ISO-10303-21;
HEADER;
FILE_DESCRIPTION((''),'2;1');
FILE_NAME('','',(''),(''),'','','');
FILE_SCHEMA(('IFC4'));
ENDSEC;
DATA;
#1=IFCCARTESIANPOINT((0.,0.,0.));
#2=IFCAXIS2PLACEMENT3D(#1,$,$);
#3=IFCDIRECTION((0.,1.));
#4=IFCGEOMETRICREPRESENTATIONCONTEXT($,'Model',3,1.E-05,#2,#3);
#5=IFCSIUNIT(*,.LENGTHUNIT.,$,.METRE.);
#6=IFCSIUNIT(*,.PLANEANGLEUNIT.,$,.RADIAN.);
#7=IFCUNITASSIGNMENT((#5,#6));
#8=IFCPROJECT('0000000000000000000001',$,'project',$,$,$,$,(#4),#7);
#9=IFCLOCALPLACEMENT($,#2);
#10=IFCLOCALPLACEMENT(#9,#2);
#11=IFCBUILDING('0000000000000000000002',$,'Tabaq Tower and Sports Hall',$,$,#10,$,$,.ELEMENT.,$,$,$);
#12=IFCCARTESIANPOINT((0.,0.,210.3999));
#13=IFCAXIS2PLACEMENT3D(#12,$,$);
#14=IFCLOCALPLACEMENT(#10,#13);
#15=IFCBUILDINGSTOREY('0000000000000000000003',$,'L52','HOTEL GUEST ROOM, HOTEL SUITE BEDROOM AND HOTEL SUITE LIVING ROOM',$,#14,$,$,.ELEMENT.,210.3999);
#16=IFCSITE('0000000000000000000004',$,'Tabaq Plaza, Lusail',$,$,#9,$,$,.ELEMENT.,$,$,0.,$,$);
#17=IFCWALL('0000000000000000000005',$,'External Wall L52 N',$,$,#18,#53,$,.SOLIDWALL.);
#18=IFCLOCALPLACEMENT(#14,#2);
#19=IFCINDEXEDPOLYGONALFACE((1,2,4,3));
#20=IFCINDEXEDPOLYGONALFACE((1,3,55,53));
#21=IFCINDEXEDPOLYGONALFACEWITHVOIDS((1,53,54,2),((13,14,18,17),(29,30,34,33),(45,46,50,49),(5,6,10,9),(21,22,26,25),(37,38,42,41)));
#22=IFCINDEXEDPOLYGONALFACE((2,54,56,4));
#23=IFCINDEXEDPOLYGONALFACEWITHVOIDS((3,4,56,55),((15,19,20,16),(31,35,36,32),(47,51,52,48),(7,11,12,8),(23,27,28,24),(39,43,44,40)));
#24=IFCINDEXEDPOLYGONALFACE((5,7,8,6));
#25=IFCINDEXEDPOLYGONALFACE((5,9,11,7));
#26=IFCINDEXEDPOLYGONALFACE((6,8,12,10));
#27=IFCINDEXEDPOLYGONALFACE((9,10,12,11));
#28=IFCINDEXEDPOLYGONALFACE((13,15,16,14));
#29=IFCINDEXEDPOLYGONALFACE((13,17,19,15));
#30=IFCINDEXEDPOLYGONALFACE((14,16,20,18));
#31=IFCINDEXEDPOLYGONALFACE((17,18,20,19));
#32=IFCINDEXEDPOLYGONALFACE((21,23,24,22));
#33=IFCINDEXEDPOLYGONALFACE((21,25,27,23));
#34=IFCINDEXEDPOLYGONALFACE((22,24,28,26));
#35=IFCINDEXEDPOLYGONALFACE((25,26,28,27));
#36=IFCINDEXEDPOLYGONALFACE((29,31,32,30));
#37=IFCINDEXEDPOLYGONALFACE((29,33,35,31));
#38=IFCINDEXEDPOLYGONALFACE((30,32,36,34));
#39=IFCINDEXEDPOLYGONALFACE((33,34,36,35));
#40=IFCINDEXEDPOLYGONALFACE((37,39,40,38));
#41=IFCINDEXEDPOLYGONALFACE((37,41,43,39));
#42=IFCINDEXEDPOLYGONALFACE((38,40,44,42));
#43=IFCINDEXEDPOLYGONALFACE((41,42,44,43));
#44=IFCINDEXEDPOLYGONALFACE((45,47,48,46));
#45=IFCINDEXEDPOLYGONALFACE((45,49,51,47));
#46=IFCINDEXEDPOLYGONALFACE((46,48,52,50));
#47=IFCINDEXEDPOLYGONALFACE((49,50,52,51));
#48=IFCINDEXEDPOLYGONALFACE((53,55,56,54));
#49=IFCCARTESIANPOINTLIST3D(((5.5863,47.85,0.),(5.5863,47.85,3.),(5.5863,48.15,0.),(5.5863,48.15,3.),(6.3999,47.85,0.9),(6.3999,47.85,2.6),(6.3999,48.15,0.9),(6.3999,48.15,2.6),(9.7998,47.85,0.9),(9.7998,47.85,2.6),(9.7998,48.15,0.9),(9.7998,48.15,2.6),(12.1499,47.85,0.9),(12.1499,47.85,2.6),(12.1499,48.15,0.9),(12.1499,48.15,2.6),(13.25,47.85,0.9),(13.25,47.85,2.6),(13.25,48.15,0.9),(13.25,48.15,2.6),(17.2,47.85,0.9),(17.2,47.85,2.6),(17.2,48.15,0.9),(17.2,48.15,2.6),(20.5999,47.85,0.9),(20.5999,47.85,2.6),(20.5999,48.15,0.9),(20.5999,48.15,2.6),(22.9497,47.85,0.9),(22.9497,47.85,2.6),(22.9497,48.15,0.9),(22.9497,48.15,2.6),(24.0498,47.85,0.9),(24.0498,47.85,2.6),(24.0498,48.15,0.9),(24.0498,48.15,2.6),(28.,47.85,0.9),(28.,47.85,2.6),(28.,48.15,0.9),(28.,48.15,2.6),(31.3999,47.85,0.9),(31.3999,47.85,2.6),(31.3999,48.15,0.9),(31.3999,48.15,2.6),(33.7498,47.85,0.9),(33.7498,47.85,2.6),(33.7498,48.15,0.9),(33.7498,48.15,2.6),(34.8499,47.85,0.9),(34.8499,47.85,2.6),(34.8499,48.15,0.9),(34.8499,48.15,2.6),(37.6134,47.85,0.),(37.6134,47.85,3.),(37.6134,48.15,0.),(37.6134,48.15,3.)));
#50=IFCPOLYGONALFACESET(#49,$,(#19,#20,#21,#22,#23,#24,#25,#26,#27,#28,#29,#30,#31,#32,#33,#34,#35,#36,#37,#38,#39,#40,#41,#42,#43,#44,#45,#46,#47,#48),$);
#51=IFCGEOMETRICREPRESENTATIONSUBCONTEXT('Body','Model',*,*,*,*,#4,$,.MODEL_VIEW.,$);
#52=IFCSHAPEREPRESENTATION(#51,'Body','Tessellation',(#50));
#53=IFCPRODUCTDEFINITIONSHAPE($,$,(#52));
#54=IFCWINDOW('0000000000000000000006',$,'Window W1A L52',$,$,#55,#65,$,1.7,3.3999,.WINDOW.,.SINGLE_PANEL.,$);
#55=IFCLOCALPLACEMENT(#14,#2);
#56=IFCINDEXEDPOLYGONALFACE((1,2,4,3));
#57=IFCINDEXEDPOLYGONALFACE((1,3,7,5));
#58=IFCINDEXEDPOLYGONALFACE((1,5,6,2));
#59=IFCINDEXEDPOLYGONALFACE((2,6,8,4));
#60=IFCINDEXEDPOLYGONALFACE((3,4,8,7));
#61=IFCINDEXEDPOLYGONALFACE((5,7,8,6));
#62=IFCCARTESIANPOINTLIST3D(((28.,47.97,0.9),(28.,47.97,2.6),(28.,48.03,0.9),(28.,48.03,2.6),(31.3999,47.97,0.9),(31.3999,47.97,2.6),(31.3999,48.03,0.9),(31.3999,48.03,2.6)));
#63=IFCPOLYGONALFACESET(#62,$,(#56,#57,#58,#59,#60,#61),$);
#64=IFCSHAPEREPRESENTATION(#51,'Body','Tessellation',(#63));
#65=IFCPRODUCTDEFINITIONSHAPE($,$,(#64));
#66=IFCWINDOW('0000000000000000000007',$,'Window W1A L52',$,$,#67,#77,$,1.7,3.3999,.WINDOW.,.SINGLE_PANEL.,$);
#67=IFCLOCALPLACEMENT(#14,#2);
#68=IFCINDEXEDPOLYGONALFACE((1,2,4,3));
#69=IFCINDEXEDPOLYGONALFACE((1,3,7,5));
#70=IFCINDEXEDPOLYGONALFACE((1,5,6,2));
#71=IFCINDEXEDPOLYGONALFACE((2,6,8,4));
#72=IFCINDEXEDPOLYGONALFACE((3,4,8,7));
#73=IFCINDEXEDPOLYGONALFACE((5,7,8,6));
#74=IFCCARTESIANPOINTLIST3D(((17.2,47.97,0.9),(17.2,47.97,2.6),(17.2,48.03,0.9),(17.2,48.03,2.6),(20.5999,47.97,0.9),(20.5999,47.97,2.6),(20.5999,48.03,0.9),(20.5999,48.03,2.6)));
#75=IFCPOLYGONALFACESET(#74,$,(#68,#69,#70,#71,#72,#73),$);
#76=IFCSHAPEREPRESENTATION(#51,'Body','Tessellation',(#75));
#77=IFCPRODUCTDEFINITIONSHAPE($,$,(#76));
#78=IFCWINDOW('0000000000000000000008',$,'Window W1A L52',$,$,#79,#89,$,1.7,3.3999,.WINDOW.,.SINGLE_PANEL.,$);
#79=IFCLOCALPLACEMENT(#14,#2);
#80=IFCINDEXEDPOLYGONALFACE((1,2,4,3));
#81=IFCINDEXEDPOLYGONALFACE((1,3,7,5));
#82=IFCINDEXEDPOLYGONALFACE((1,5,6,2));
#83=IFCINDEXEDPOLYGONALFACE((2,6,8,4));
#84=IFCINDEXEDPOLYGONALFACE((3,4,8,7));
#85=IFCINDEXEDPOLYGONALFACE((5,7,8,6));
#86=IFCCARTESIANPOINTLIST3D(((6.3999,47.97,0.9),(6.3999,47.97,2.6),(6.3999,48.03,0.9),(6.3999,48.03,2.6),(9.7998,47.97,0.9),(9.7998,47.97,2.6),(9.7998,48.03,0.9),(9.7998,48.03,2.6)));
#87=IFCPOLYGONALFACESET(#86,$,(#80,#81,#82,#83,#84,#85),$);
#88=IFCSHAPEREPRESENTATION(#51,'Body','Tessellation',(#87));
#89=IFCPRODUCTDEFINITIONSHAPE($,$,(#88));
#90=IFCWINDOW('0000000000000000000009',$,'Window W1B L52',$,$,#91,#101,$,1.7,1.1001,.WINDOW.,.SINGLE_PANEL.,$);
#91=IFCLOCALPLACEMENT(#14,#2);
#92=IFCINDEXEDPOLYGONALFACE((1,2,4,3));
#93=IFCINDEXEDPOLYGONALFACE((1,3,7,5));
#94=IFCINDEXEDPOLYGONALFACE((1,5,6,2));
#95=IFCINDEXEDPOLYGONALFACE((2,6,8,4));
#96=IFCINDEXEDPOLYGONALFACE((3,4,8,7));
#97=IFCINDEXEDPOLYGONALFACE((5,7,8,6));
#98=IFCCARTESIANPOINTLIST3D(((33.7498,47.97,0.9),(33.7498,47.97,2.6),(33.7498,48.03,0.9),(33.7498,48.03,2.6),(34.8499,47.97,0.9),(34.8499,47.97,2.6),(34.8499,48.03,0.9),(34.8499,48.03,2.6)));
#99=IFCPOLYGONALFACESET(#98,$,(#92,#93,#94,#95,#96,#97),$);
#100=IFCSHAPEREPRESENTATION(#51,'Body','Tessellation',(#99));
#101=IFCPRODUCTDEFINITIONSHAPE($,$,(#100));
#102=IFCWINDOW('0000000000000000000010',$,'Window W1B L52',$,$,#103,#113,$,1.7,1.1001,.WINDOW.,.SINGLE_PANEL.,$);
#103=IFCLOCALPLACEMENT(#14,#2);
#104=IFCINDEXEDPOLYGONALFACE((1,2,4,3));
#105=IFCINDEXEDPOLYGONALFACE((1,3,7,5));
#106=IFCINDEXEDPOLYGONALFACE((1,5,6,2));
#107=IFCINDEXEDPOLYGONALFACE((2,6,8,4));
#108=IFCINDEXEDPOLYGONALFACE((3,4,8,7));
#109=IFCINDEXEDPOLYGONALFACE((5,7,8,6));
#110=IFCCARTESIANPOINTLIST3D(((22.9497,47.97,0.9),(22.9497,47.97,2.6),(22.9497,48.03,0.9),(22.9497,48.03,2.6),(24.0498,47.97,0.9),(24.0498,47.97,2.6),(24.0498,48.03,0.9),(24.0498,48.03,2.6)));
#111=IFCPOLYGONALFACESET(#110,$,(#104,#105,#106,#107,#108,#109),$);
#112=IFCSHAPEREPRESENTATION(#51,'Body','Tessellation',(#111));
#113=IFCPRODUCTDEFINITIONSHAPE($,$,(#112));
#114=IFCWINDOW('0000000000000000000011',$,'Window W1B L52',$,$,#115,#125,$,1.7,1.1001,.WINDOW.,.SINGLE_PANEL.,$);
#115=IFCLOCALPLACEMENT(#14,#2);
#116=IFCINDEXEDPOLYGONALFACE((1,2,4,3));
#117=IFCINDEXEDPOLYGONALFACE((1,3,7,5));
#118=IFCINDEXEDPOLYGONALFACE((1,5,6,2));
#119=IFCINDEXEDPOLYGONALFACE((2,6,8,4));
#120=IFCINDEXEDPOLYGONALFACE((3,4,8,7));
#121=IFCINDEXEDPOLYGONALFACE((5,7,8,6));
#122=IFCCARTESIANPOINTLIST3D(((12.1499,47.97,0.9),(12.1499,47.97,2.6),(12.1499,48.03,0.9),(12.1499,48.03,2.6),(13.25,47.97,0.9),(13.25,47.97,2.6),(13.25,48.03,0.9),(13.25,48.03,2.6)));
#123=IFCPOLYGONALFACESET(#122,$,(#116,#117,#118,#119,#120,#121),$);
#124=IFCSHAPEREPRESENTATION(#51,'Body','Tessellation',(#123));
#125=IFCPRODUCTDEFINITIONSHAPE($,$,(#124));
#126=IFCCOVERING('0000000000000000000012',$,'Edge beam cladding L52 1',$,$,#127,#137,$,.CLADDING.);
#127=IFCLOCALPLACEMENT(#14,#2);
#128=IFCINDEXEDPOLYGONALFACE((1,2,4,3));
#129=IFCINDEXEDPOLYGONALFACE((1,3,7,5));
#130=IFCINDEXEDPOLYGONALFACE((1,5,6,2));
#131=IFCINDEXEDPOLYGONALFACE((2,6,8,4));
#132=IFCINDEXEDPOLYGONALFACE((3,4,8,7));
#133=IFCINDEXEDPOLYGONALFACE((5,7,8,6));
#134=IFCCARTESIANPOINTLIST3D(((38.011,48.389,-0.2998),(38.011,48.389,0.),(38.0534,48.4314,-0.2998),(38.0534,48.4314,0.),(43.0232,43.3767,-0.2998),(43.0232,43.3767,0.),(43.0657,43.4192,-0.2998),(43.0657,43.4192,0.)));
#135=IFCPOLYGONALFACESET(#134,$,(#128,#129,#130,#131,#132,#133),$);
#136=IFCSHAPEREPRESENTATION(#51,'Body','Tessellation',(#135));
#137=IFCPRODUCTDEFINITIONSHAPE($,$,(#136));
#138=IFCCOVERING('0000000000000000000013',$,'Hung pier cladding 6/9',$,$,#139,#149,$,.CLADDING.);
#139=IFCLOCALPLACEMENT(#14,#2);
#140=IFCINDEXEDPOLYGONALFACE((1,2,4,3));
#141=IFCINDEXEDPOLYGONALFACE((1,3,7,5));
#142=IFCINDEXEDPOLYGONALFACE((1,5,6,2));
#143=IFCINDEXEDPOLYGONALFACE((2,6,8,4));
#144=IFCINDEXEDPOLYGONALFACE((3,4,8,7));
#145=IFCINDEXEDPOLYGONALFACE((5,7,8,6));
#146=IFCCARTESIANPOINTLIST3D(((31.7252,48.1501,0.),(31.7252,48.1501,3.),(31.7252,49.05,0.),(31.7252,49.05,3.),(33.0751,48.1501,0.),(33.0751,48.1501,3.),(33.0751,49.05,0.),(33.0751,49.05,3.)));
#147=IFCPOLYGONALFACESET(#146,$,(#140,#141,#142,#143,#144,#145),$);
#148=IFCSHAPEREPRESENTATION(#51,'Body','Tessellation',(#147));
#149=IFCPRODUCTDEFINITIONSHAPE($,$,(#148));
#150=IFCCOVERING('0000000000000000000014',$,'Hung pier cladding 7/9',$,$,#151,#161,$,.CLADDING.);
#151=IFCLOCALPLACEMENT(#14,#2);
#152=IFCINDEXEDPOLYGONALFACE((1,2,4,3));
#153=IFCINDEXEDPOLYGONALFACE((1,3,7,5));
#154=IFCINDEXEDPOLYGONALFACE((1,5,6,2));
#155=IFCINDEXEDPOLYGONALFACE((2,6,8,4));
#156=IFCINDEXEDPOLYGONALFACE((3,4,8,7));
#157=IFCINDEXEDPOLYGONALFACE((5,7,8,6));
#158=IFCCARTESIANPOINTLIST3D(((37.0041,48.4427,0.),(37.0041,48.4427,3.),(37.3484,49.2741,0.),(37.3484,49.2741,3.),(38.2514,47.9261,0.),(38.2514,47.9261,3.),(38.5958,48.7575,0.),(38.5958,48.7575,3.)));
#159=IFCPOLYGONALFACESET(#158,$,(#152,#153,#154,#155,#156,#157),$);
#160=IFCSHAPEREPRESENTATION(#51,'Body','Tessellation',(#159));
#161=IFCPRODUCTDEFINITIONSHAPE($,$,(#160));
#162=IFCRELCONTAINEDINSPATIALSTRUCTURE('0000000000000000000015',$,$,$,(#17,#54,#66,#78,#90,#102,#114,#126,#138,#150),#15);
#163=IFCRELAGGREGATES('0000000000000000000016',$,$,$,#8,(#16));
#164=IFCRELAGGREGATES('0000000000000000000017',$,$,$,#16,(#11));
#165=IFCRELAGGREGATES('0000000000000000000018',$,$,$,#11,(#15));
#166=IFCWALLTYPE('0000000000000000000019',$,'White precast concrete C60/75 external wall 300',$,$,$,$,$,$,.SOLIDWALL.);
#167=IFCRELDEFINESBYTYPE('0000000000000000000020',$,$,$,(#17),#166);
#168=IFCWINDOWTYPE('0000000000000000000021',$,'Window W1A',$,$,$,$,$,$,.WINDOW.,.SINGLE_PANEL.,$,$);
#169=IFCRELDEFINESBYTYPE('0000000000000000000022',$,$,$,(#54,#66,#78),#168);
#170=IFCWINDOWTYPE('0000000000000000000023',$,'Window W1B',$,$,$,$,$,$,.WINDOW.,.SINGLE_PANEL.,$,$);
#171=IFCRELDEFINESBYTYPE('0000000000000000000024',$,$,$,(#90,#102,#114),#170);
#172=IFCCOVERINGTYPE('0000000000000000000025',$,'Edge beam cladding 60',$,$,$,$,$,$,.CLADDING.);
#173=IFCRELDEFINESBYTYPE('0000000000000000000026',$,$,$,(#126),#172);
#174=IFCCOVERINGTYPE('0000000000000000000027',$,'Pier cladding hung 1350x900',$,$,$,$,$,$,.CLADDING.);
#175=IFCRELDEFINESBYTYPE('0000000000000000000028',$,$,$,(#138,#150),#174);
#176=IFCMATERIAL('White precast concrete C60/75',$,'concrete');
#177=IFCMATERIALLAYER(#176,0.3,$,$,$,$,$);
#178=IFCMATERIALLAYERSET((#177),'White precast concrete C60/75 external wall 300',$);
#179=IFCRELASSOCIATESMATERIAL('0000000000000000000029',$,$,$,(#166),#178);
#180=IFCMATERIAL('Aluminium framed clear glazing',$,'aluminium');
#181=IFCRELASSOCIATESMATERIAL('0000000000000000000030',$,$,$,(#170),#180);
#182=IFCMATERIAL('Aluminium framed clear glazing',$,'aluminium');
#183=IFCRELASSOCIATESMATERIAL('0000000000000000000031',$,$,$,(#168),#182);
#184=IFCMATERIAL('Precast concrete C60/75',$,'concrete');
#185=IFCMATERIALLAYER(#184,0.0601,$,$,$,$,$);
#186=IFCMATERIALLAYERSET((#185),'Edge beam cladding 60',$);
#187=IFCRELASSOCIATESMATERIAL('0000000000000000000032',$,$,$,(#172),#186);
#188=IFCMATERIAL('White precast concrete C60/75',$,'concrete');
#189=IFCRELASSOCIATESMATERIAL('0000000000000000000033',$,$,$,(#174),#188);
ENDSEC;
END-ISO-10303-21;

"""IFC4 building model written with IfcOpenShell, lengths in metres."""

from ifc_helpers import new_model, si_unit, direction, frame, frame_2d, origin, place, context, subcontext, project, spatial, rectangle, extrude, material, layer, layer_set, type_object, element, fill, save


model = new_model("IFC4")

# Units and contexts
model_context = context("Model", 3, precision=1e-05, world=origin(), true_north=direction((0.0, 1.0)))
body_context = subcontext(model_context, "Body", "Model", "MODEL_VIEW")
ifc_project = project(units=[si_unit("LENGTHUNIT", "METRE"), si_unit("PLANEANGLEUNIT", "RADIAN")], contexts=[model_context])

# Site, building, storey
site_placement = place(None, origin())
site = spatial("IfcSite", under=ifc_project, at=site_placement, Name="Tabaq Plaza, Lusail", CompositionType="ELEMENT", RefElevation=0.0)
building_placement = place(site_placement, origin())
building = spatial("IfcBuilding", under=site, at=building_placement, Name="Tabaq Tower and Sports Hall", CompositionType="ELEMENT")
storey_placement = place(building_placement, frame((0.0, 0.0, 210.3999)))
storey = spatial("IfcBuildingStorey", under=building, at=storey_placement, Name="L52", Description="HOTEL GUEST ROOM, HOTEL SUITE BEDROOM AND HOTEL SUITE LIVING ROOM", CompositionType="ELEMENT", Elevation=210.3999)

# Wall, openings, windows
ifc_material_1 = material(Name="White precast concrete C60/75", Category="concrete")
ifc_layer_1 = layer(ifc_material_1, 0.3)
ifc_layer_set_1 = layer_set([ifc_layer_1], Name="White precast concrete C60/75 external wall 300")
wall_type_1 = type_object("IfcWallType", Name="White precast concrete C60/75 external wall 300", PredefinedType="SOLIDWALL", material=ifc_layer_set_1)
ifc_material_2 = material(Name="Aluminium framed clear glazing", Category="aluminium")
window_type_1 = type_object("IfcWindowType", Name="Window W1B", PartitioningType="SINGLE_PANEL", PredefinedType="WINDOW", material=ifc_material_2)
wall_1_placement = place(storey_placement, frame((37.6135, 48.0, 0.0), z_axis=(0.0, 0.0, 1.0), x_axis=(-1.0, 0.0, 0.0)))
wall_1 = element("IfcWall", 1, at=wall_1_placement, inside=storey, type_object=wall_type_1, Name="External Wall L52 N", PredefinedType="SOLIDWALL", context=body_context, shape_type="SweptSolid", body=[
    extrude(rectangle(XDim=32.0271, YDim=0.3, at=frame_2d((16.0137, 0.0))), origin(), (0.0, 0.0, 1.0), 3.0),
])
opening_1_placement = place(wall_1_placement, frame((2.7637, 0.0, 0.8999)))
opening_1 = element("IfcOpeningElement", 2, at=opening_1_placement, cuts=wall_1, PredefinedType="OPENING", context=body_context, shape_type="SweptSolid", body=[
    extrude(rectangle(XDim=1.1001, YDim=1.7, at=frame_2d((0.55, 0.8501))), frame((0.0, 0.1602, 0.0), z_axis=(0.0, -1.0, 0.0), x_axis=(1.0, 0.0, 0.0)), (0.0, 0.0, 1.0), 0.3201),
])
opening_2_placement = place(wall_1_placement, frame((6.2136, 0.0, 0.8999)))
opening_2 = element("IfcOpeningElement", 3, at=opening_2_placement, cuts=wall_1, PredefinedType="OPENING", context=body_context, shape_type="SweptSolid", body=[
    extrude(rectangle(XDim=3.3999, YDim=1.7, at=frame_2d((1.7, 0.8501))), frame((0.0, 0.1602, 0.0), z_axis=(0.0, -1.0, 0.0), x_axis=(1.0, 0.0, 0.0)), (0.0, 0.0, 1.0), 0.3201),
])
opening_3_placement = place(wall_1_placement, frame((13.5637, 0.0, 0.8999)))
opening_3 = element("IfcOpeningElement", 4, at=opening_3_placement, cuts=wall_1, PredefinedType="OPENING", context=body_context, shape_type="SweptSolid", body=[
    extrude(rectangle(XDim=1.1001, YDim=1.7, at=frame_2d((0.55, 0.8501))), frame((0.0, 0.1602, 0.0), z_axis=(0.0, -1.0, 0.0), x_axis=(1.0, 0.0, 0.0)), (0.0, 0.0, 1.0), 0.3201),
])
opening_4_placement = place(wall_1_placement, frame((17.0137, 0.0, 0.8999)))
opening_4 = element("IfcOpeningElement", 5, at=opening_4_placement, cuts=wall_1, PredefinedType="OPENING", context=body_context, shape_type="SweptSolid", body=[
    extrude(rectangle(XDim=3.3999, YDim=1.7, at=frame_2d((1.7, 0.8501))), frame((0.0, 0.1602, 0.0), z_axis=(0.0, -1.0, 0.0), x_axis=(1.0, 0.0, 0.0)), (0.0, 0.0, 1.0), 0.3201),
])
opening_5_placement = place(wall_1_placement, frame((24.3635, 0.0, 0.8999)))
opening_5 = element("IfcOpeningElement", 6, at=opening_5_placement, cuts=wall_1, PredefinedType="OPENING", context=body_context, shape_type="SweptSolid", body=[
    extrude(rectangle(XDim=1.1001, YDim=1.7, at=frame_2d((0.55, 0.8501))), frame((0.0, 0.1602, 0.0), z_axis=(0.0, -1.0, 0.0), x_axis=(1.0, 0.0, 0.0)), (0.0, 0.0, 1.0), 0.3201),
])
opening_6_placement = place(wall_1_placement, frame((27.8137, 0.0, 0.8999)))
opening_6 = element("IfcOpeningElement", 7, at=opening_6_placement, cuts=wall_1, PredefinedType="OPENING", context=body_context, shape_type="SweptSolid", body=[
    extrude(rectangle(XDim=3.3999, YDim=1.7, at=frame_2d((1.7, 0.8501))), frame((0.0, 0.1602, 0.0), z_axis=(0.0, -1.0, 0.0), x_axis=(1.0, 0.0, 0.0)), (0.0, 0.0, 1.0), 0.3201),
])
ifc_material_3 = material(Name="Aluminium framed clear glazing", Category="aluminium")
window_type_2 = type_object("IfcWindowType", Name="Window W1A", PartitioningType="SINGLE_PANEL", PredefinedType="WINDOW", material=ifc_material_3)
window_1_placement = place(opening_2_placement, origin())
window_1 = element("IfcWindow", 8, at=window_1_placement, inside=storey, type_object=window_type_2, Name="Window W1A L52", OverallHeight=1.7, OverallWidth=3.3999, PartitioningType="SINGLE_PANEL", PredefinedType="WINDOW", context=body_context, shape_type="SweptSolid", body=[
    extrude(rectangle(XDim=3.3999, YDim=1.7, at=frame_2d((1.7, 0.8501))), frame((0.0, 0.03, 0.0), z_axis=(0.0, -1.0, 0.0), x_axis=(1.0, 0.0, 0.0)), (0.0, 0.0, 1.0), 0.0601),
])
fill(opening_2, window_1)
window_2_placement = place(opening_4_placement, origin())
window_2 = element("IfcWindow", 9, at=window_2_placement, inside=storey, type_object=window_type_2, Name="Window W1A L52", OverallHeight=1.7, OverallWidth=3.3999, PartitioningType="SINGLE_PANEL", PredefinedType="WINDOW", context=body_context, shape_type="SweptSolid", body=[
    extrude(rectangle(XDim=3.3999, YDim=1.7, at=frame_2d((1.7, 0.8501))), frame((0.0, 0.03, 0.0), z_axis=(0.0, -1.0, 0.0), x_axis=(1.0, 0.0, 0.0)), (0.0, 0.0, 1.0), 0.0601),
])
fill(opening_4, window_2)
window_3_placement = place(opening_6_placement, origin())
window_3 = element("IfcWindow", 10, at=window_3_placement, inside=storey, type_object=window_type_2, Name="Window W1A L52", OverallHeight=1.7, OverallWidth=3.3999, PartitioningType="SINGLE_PANEL", PredefinedType="WINDOW", context=body_context, shape_type="SweptSolid", body=[
    extrude(rectangle(XDim=3.3999, YDim=1.7, at=frame_2d((1.7, 0.8501))), frame((0.0, 0.03, 0.0), z_axis=(0.0, -1.0, 0.0), x_axis=(1.0, 0.0, 0.0)), (0.0, 0.0, 1.0), 0.0601),
])
fill(opening_6, window_3)
window_4_placement = place(opening_1_placement, origin())
window_4 = element("IfcWindow", 11, at=window_4_placement, inside=storey, type_object=window_type_1, Name="Window W1B L52", OverallHeight=1.7, OverallWidth=1.1001, PartitioningType="SINGLE_PANEL", PredefinedType="WINDOW", context=body_context, shape_type="SweptSolid", body=[
    extrude(rectangle(XDim=1.1001, YDim=1.7, at=frame_2d((0.55, 0.8501))), frame((0.0, 0.03, 0.0), z_axis=(0.0, -1.0, 0.0), x_axis=(1.0, 0.0, 0.0)), (0.0, 0.0, 1.0), 0.0601),
])
fill(opening_1, window_4)
window_5_placement = place(opening_3_placement, origin())
window_5 = element("IfcWindow", 12, at=window_5_placement, inside=storey, type_object=window_type_1, Name="Window W1B L52", OverallHeight=1.7, OverallWidth=1.1001, PartitioningType="SINGLE_PANEL", PredefinedType="WINDOW", context=body_context, shape_type="SweptSolid", body=[
    extrude(rectangle(XDim=1.1001, YDim=1.7, at=frame_2d((0.55, 0.8501))), frame((0.0, 0.03, 0.0), z_axis=(0.0, -1.0, 0.0), x_axis=(1.0, 0.0, 0.0)), (0.0, 0.0, 1.0), 0.0601),
])
fill(opening_3, window_5)
window_6_placement = place(opening_5_placement, origin())
window_6 = element("IfcWindow", 13, at=window_6_placement, inside=storey, type_object=window_type_1, Name="Window W1B L52", OverallHeight=1.7, OverallWidth=1.1001, PartitioningType="SINGLE_PANEL", PredefinedType="WINDOW", context=body_context, shape_type="SweptSolid", body=[
    extrude(rectangle(XDim=1.1001, YDim=1.7, at=frame_2d((0.55, 0.8501))), frame((0.0, 0.03, 0.0), z_axis=(0.0, -1.0, 0.0), x_axis=(1.0, 0.0, 0.0)), (0.0, 0.0, 1.0), 0.0601),
])
fill(opening_5, window_6)

# Coverings
ifc_material_4 = material(Name="Precast concrete C60/75", Category="concrete")
ifc_layer_2 = layer(ifc_material_4, 0.0601)
ifc_layer_set_2 = layer_set([ifc_layer_2], Name="Edge beam cladding 60")
covering_type_1 = type_object("IfcCoveringType", Name="Edge beam cladding 60", PredefinedType="CLADDING", material=ifc_layer_set_2)
covering_1_placement = place(storey_placement, frame((43.0444, 43.3979, -0.2998), z_axis=(0.0, 0.0, 1.0), x_axis=(-0.707107, 0.707107, 0.0)))
element("IfcCovering", 14, at=covering_1_placement, inside=storey, type_object=covering_type_1, Name="Edge beam cladding L52 1", PredefinedType="CLADDING", context=body_context, shape_type="SweptSolid", body=[
    extrude(rectangle(XDim=7.0884, YDim=0.0601, at=frame_2d((3.5442, 0.0))), origin(), (0.0, 0.0, 1.0), 0.2998),
])
ifc_material_5 = material(Name="White precast concrete C60/75", Category="concrete")
covering_type_2 = type_object("IfcCoveringType", Name="Pier cladding hung 1350x900", PredefinedType="CLADDING", material=ifc_material_5)
covering_2_placement = place(storey_placement, frame((33.075, 48.6001, 0.0), z_axis=(0.0, 0.0, 1.0), x_axis=(-1.0, 0.0, 0.0)))
element("IfcCovering", 15, at=covering_2_placement, inside=storey, type_object=covering_type_2, Name="Hung pier cladding 6/9", PredefinedType="CLADDING", context=body_context, shape_type="SweptSolid", body=[
    extrude(rectangle(XDim=1.3499, YDim=0.8999, at=frame_2d((0.6748, 0.0))), origin(), (0.0, 0.0, 1.0), 3.0),
])
for number, where, z_axis, x_axis, name in (
    (16, (38.4236, 48.3418, 0.0), (0.0, 0.0, 1.0), (-0.923893, 0.38265, 0.0), "Hung pier cladding 7/9"),
):
    element("IfcCovering", number, at=place(storey_placement, frame(where, z_axis=z_axis, x_axis=x_axis)), inside=storey, type_object=covering_type_2, Name=name, PredefinedType="CLADDING", context=body_context, shape_type="SweptSolid", body=[
        extrude(rectangle(XDim=1.3501, YDim=0.8999, at=frame_2d((0.675, 0.0))), origin(), (0.0, 0.0, 1.0), 3.0),
    ])

save(model, "model.ifc")
